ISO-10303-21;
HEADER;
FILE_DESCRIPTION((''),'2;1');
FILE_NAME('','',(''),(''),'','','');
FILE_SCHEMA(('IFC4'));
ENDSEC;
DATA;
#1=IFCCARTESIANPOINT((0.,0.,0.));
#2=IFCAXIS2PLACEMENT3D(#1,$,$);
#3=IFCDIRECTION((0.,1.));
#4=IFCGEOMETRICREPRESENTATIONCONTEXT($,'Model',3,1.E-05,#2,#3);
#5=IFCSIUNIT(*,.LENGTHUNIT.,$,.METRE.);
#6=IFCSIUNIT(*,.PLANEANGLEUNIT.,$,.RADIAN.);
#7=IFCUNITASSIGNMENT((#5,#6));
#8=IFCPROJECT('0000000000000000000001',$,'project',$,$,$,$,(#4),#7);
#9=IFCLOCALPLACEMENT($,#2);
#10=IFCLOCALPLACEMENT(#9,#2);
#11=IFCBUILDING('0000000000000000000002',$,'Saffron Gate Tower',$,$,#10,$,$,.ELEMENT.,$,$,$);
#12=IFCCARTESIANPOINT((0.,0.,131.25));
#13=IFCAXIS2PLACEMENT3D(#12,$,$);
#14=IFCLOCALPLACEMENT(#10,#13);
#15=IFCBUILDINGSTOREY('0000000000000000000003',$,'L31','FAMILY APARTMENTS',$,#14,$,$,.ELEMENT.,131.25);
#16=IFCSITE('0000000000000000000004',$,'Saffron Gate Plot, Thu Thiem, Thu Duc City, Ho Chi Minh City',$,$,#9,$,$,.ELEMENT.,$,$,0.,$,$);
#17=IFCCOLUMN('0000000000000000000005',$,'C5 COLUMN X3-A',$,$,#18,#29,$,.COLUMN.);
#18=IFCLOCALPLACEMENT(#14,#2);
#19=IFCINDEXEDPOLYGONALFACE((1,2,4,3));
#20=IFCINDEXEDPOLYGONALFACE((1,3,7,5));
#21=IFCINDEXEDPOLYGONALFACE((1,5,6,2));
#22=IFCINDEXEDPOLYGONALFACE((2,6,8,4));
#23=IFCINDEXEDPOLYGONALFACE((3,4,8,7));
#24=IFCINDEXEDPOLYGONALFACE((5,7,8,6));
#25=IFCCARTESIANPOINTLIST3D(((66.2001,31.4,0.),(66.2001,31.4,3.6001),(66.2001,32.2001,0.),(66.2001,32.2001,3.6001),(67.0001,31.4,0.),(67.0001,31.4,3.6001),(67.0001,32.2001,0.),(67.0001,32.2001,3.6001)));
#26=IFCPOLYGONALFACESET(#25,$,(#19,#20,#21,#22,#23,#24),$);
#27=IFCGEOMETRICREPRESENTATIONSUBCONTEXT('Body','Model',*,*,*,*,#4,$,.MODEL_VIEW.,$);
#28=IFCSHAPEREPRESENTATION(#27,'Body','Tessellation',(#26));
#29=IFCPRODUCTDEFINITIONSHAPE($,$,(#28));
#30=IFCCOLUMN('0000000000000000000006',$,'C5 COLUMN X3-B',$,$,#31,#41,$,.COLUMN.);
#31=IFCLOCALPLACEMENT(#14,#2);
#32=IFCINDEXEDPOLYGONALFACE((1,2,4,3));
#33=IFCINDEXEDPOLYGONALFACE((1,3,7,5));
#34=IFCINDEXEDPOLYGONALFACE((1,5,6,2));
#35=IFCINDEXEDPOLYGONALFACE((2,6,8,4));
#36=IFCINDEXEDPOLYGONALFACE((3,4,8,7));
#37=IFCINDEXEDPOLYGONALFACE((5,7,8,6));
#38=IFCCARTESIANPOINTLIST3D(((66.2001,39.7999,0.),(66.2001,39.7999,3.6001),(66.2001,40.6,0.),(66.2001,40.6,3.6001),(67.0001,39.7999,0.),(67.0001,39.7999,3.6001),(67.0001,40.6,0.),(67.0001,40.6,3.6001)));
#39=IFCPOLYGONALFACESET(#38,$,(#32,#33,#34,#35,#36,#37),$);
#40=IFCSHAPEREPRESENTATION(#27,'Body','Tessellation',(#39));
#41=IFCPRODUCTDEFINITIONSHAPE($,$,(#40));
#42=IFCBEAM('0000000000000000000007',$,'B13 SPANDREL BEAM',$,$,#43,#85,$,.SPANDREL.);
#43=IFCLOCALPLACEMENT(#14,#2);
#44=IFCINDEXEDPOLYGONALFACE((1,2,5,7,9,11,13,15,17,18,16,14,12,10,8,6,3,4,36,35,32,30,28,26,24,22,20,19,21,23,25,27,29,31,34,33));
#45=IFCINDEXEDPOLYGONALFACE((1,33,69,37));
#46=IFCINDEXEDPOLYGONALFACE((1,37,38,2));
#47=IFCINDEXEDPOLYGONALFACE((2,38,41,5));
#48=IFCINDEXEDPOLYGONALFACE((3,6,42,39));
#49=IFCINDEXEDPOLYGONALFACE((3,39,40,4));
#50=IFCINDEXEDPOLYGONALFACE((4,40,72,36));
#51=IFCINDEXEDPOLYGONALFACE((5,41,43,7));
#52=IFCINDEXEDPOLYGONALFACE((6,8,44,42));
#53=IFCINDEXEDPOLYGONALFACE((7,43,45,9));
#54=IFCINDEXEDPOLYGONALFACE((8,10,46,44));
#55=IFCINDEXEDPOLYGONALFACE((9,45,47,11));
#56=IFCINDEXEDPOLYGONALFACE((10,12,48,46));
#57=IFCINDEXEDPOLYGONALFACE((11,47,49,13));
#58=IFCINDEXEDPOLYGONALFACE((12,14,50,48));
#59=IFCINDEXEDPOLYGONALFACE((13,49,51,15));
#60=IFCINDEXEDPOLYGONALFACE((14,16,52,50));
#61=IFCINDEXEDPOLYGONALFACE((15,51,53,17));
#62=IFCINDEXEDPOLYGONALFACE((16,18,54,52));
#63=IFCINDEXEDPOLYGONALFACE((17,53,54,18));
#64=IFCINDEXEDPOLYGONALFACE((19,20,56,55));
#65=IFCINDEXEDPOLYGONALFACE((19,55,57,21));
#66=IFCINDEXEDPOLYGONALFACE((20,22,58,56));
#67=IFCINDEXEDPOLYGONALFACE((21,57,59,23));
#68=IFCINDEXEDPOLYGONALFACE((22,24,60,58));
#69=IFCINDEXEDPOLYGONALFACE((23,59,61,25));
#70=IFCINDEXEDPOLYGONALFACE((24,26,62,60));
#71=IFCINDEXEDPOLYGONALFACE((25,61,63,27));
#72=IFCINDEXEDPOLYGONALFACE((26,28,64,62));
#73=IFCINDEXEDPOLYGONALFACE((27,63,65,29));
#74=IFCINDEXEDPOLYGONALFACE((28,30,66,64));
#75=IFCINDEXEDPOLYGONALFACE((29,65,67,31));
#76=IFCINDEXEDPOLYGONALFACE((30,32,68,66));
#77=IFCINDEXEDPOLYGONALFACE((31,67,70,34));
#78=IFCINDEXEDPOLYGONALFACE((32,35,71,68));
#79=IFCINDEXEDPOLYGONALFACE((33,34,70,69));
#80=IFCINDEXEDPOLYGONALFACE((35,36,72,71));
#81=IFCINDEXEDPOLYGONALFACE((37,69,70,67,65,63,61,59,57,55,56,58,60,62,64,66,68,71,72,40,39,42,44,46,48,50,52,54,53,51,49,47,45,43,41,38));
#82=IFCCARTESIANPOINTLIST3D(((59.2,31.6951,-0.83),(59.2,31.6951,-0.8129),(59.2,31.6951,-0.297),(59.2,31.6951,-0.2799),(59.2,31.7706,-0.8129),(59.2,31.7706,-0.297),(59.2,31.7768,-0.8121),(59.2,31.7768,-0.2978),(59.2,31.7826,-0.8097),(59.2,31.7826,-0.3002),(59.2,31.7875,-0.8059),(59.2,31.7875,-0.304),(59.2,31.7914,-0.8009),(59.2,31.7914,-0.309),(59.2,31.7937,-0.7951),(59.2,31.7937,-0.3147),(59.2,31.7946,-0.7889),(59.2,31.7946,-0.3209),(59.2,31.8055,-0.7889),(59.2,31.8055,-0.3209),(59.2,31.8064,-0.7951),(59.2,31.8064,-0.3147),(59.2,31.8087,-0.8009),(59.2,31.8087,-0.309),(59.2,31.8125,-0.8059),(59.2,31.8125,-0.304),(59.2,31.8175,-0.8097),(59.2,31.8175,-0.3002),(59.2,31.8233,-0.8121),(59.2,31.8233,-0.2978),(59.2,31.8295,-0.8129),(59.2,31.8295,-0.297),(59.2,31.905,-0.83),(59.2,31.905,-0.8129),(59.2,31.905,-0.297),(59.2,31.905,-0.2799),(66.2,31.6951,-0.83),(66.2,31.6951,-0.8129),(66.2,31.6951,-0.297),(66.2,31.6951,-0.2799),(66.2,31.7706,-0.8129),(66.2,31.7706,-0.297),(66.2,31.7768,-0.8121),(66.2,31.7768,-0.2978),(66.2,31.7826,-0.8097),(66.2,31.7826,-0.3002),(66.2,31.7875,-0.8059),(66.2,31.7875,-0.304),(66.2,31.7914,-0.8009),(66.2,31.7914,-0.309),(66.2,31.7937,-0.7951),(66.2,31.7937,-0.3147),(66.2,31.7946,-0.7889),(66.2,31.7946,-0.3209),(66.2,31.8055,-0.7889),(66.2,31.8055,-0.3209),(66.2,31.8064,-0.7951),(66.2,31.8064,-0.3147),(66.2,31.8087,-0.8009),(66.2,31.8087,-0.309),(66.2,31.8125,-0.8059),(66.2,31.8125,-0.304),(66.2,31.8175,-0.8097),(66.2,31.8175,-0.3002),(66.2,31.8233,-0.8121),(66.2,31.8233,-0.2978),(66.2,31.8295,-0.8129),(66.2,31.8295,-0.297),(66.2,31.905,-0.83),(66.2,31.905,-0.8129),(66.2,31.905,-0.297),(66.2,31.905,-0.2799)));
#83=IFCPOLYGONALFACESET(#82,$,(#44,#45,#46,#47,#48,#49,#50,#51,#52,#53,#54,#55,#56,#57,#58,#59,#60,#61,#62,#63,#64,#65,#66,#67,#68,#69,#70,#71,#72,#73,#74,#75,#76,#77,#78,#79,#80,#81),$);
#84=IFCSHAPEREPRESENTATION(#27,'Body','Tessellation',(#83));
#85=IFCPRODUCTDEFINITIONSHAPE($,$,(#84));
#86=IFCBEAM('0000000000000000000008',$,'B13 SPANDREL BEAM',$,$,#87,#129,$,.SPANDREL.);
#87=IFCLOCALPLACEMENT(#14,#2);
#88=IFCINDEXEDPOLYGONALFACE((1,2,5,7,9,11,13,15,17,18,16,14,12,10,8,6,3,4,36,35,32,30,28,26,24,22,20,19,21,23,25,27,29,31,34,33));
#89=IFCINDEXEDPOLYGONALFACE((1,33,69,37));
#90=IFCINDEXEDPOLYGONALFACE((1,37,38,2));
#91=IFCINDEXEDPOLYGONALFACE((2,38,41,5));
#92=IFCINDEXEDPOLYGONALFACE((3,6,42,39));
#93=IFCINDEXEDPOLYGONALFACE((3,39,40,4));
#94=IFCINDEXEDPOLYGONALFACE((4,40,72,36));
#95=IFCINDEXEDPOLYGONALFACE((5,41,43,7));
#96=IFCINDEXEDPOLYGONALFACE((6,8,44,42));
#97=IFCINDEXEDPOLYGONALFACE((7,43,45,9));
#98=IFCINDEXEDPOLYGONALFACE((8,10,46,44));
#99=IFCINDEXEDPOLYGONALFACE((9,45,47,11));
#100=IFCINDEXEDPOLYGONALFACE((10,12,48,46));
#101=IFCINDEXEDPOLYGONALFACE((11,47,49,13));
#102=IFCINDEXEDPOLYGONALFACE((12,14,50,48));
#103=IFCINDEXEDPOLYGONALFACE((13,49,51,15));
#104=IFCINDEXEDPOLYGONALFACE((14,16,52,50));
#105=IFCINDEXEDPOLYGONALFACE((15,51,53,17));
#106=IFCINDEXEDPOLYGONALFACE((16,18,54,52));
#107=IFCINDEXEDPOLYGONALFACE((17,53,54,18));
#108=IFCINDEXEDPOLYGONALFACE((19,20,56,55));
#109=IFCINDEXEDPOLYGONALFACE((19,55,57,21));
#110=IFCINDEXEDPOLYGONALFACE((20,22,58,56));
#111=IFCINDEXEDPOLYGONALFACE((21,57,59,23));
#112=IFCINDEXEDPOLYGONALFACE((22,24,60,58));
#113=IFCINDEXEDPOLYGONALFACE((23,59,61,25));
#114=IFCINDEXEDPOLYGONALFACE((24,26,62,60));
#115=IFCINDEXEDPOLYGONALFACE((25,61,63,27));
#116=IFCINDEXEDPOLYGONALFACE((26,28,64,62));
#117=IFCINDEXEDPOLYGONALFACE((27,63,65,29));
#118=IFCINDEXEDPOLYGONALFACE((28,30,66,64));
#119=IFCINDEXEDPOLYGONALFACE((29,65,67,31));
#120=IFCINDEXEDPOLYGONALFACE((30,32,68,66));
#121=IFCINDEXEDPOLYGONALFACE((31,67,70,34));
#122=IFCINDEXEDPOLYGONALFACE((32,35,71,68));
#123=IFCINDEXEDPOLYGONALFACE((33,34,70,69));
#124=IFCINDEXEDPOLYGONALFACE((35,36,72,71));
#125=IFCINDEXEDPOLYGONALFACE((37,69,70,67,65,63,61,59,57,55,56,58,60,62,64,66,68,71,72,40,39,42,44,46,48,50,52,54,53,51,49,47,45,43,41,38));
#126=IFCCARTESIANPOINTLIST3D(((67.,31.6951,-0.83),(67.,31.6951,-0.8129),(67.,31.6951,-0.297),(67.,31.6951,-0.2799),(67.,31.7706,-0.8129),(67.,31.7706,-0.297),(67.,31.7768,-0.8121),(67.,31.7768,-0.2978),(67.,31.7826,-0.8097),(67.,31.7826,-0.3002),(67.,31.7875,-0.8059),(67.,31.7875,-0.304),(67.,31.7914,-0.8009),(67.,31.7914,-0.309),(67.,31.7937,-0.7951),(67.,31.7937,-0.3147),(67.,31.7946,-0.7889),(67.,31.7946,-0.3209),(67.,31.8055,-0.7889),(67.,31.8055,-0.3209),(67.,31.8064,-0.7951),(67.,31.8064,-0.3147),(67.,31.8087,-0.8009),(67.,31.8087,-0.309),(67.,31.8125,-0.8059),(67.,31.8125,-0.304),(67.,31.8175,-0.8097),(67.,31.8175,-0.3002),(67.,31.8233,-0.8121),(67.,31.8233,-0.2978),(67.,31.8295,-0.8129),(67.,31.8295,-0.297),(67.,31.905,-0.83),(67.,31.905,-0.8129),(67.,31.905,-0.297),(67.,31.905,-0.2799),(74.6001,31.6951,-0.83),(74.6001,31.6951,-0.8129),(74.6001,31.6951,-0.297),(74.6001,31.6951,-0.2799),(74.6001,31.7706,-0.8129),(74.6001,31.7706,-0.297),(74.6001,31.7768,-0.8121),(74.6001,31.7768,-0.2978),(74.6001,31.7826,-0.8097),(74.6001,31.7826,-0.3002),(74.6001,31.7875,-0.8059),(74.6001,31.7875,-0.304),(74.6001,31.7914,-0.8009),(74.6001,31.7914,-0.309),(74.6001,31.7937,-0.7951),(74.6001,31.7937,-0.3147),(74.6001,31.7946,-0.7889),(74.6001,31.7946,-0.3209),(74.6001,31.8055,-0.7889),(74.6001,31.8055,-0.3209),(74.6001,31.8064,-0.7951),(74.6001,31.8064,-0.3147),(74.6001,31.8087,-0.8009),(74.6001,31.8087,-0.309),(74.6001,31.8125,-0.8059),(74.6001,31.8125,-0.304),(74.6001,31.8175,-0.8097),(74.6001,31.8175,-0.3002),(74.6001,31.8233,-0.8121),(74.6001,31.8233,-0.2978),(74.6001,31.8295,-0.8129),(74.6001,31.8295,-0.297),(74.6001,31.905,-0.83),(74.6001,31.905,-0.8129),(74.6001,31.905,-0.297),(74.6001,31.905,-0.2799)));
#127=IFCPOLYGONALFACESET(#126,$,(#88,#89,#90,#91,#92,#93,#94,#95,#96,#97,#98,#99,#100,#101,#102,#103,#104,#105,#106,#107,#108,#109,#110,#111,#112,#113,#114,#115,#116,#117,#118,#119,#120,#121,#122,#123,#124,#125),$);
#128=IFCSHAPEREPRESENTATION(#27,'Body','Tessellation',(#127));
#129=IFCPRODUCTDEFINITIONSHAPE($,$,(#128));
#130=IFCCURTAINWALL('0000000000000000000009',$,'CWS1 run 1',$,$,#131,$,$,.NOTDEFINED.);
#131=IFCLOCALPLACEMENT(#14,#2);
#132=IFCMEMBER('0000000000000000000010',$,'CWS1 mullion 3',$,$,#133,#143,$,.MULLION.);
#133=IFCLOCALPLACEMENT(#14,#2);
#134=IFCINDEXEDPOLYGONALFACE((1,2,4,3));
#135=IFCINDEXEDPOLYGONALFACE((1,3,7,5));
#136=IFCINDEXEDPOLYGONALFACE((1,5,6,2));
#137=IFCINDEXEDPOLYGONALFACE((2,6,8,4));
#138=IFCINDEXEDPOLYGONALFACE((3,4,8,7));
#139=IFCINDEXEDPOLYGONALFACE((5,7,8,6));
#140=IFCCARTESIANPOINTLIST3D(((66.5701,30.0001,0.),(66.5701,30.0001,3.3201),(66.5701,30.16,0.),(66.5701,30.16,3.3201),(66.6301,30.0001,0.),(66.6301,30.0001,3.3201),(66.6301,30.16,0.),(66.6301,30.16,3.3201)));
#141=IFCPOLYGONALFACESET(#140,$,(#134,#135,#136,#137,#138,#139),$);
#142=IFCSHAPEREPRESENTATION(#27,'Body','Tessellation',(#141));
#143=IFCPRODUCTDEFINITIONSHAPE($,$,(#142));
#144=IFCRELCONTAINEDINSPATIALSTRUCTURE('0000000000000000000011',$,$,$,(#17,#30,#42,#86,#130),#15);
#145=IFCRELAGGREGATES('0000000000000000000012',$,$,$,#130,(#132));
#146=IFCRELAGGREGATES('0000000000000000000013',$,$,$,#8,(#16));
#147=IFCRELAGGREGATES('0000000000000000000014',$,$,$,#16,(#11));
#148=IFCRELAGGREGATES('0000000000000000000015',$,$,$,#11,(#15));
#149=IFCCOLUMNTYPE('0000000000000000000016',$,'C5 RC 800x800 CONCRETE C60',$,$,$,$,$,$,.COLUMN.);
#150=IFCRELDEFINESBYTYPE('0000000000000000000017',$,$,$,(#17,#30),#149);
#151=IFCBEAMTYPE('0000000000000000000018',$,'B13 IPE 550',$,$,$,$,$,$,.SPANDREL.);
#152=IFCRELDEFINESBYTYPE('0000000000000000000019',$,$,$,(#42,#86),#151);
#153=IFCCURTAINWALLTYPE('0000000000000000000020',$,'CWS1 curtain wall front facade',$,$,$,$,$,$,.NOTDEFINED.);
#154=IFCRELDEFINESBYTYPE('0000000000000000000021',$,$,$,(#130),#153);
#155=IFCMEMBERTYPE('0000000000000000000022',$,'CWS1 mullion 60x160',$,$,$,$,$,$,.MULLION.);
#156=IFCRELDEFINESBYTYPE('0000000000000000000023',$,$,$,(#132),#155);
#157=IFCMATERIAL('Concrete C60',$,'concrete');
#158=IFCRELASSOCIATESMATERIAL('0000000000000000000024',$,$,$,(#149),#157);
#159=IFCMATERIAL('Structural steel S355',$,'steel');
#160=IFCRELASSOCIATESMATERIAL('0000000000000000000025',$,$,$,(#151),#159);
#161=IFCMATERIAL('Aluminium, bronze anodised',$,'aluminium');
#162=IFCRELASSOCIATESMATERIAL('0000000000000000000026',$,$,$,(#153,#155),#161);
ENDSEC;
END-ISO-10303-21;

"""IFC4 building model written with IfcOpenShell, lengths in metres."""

from ifc_helpers import new_model, si_unit, direction, frame, origin, origin_2d, place, context, subcontext, project, spatial, rectangle, i_section, extrude, material, material_profile, profile_set, type_object, element, aggregate, save


model = new_model("IFC4")

# Units and contexts
model_context = context("Model", 3, precision=1e-05, world=origin(), true_north=direction((0.0, 1.0)))
body_context = subcontext(model_context, "Body", "Model", "MODEL_VIEW")
ifc_project = project(units=[si_unit("LENGTHUNIT", "METRE"), si_unit("PLANEANGLEUNIT", "RADIAN")], contexts=[model_context])

# Site, building, storey
site_placement = place(None, origin())
site = spatial("IfcSite", under=ifc_project, at=site_placement, Name="Saffron Gate Plot, Thu Thiem, Thu Duc City, Ho Chi Minh City", CompositionType="ELEMENT", RefElevation=0.0)
building_placement = place(site_placement, origin())
building = spatial("IfcBuilding", under=site, at=building_placement, Name="Saffron Gate Tower", CompositionType="ELEMENT")
storey_placement = place(building_placement, frame((0.0, 0.0, 131.25)))
storey = spatial("IfcBuildingStorey", under=building, at=storey_placement, Name="L31", Description="FAMILY APARTMENTS", CompositionType="ELEMENT", Elevation=131.25)

# Columns
ifc_material_1 = material(Name="Concrete C60", Category="concrete")
ifc_material_profile_1 = material_profile(ifc_material_1, rectangle(XDim=0.8, YDim=0.8, at=origin_2d()))
ifc_profile_set_1 = profile_set([ifc_material_profile_1], Name="Concrete C60")
column_type = type_object("IfcColumnType", Name="C5 RC 800x800 CONCRETE C60", PredefinedType="COLUMN", material=ifc_profile_set_1)
for number, where, z_axis, x_axis, name in (
    (1, (66.6001, 31.8, 0.0), (0.0, 0.0, 1.0), (1.0, 0.0, 0.0), "C5 COLUMN X3-A"),
    (2, (66.6001, 40.2, 0.0), (0.0, 0.0, 1.0), (1.0, 0.0, 0.0), "C5 COLUMN X3-B"),
):
    element("IfcColumn", number, at=place(storey_placement, frame(where, z_axis=z_axis, x_axis=x_axis)), inside=storey, type_object=column_type, Name=name, PredefinedType="COLUMN", context=body_context, shape_type="SweptSolid", body=[
        extrude(rectangle(XDim=0.8, YDim=0.8, at=origin_2d()), origin(), (0.0, 0.0, 1.0), 3.6001),
    ])

# Beams
ifc_material_2 = material(Name="Structural steel S355", Category="steel")
ifc_material_profile_2 = material_profile(ifc_material_2, i_section(OverallWidth=0.21, OverallDepth=0.55, WebThickness=0.011, FlangeThickness=0.0171, FilletRadius=0.0239, at=origin_2d()))
ifc_profile_set_2 = profile_set([ifc_material_profile_2], Name="Structural steel S355")
beam_type = type_object("IfcBeamType", Name="B13 IPE 550", PredefinedType="SPANDREL", material=ifc_profile_set_2)
beam_1_placement = place(storey_placement, frame((59.2, 31.8, -0.5549), z_axis=(1.0, 0.0, 0.0), x_axis=(0.0, 1.0, 0.0)))
element("IfcBeam", 3, at=beam_1_placement, inside=storey, type_object=beam_type, Name="B13 SPANDREL BEAM", PredefinedType="SPANDREL", context=body_context, shape_type="SweptSolid", body=[
    extrude(i_section(OverallWidth=0.21, OverallDepth=0.55, WebThickness=0.011, FlangeThickness=0.0171, FilletRadius=0.0239, at=origin_2d()), origin(), (0.0, 0.0, 1.0), 7.0),
])
beam_2_placement = place(storey_placement, frame((67.0, 31.8, -0.5549), z_axis=(1.0, 0.0, 0.0), x_axis=(0.0, 1.0, 0.0)))
element("IfcBeam", 4, at=beam_2_placement, inside=storey, type_object=beam_type, Name="B13 SPANDREL BEAM", PredefinedType="SPANDREL", context=body_context, shape_type="SweptSolid", body=[
    extrude(i_section(OverallWidth=0.21, OverallDepth=0.55, WebThickness=0.011, FlangeThickness=0.0171, FilletRadius=0.0239, at=origin_2d()), origin(), (0.0, 0.0, 1.0), 7.6001),
])

# Curtain wall, member
ifc_material_3 = material(Name="Aluminium, bronze anodised", Category="aluminium")
curtain_wall_type = type_object("IfcCurtainWallType", Name="CWS1 curtain wall front facade", PredefinedType="NOTDEFINED", material=ifc_material_3)
curtain_wall_placement = place(storey_placement, origin())
curtain_wall = element("IfcCurtainWall", 5, at=curtain_wall_placement, inside=storey, type_object=curtain_wall_type, Name="CWS1 run 1", PredefinedType="NOTDEFINED")
ifc_material_profile_3 = material_profile(ifc_material_3, rectangle(XDim=0.1599, YDim=0.0601, at=origin_2d()))
ifc_profile_set_3 = profile_set([ifc_material_profile_3], Name="Aluminium, bronze anodised")
member_type = type_object("IfcMemberType", Name="CWS1 mullion 60x160", PredefinedType="MULLION", material=ifc_profile_set_3)
member_placement = place(storey_placement, frame((66.6001, 30.0801, 0.0), z_axis=(0.0, 0.0, 1.0), x_axis=(0.0, 1.0, 0.0)))
member = element("IfcMember", 6, at=member_placement, type_object=member_type, Name="CWS1 mullion 3", PredefinedType="MULLION", context=body_context, shape_type="SweptSolid", body=[
    extrude(rectangle(XDim=0.1599, YDim=0.0601, at=origin_2d()), origin(), (0.0, 0.0, 1.0), 3.3201),
])
aggregate(curtain_wall, [member])

save(model, "model.ifc")
